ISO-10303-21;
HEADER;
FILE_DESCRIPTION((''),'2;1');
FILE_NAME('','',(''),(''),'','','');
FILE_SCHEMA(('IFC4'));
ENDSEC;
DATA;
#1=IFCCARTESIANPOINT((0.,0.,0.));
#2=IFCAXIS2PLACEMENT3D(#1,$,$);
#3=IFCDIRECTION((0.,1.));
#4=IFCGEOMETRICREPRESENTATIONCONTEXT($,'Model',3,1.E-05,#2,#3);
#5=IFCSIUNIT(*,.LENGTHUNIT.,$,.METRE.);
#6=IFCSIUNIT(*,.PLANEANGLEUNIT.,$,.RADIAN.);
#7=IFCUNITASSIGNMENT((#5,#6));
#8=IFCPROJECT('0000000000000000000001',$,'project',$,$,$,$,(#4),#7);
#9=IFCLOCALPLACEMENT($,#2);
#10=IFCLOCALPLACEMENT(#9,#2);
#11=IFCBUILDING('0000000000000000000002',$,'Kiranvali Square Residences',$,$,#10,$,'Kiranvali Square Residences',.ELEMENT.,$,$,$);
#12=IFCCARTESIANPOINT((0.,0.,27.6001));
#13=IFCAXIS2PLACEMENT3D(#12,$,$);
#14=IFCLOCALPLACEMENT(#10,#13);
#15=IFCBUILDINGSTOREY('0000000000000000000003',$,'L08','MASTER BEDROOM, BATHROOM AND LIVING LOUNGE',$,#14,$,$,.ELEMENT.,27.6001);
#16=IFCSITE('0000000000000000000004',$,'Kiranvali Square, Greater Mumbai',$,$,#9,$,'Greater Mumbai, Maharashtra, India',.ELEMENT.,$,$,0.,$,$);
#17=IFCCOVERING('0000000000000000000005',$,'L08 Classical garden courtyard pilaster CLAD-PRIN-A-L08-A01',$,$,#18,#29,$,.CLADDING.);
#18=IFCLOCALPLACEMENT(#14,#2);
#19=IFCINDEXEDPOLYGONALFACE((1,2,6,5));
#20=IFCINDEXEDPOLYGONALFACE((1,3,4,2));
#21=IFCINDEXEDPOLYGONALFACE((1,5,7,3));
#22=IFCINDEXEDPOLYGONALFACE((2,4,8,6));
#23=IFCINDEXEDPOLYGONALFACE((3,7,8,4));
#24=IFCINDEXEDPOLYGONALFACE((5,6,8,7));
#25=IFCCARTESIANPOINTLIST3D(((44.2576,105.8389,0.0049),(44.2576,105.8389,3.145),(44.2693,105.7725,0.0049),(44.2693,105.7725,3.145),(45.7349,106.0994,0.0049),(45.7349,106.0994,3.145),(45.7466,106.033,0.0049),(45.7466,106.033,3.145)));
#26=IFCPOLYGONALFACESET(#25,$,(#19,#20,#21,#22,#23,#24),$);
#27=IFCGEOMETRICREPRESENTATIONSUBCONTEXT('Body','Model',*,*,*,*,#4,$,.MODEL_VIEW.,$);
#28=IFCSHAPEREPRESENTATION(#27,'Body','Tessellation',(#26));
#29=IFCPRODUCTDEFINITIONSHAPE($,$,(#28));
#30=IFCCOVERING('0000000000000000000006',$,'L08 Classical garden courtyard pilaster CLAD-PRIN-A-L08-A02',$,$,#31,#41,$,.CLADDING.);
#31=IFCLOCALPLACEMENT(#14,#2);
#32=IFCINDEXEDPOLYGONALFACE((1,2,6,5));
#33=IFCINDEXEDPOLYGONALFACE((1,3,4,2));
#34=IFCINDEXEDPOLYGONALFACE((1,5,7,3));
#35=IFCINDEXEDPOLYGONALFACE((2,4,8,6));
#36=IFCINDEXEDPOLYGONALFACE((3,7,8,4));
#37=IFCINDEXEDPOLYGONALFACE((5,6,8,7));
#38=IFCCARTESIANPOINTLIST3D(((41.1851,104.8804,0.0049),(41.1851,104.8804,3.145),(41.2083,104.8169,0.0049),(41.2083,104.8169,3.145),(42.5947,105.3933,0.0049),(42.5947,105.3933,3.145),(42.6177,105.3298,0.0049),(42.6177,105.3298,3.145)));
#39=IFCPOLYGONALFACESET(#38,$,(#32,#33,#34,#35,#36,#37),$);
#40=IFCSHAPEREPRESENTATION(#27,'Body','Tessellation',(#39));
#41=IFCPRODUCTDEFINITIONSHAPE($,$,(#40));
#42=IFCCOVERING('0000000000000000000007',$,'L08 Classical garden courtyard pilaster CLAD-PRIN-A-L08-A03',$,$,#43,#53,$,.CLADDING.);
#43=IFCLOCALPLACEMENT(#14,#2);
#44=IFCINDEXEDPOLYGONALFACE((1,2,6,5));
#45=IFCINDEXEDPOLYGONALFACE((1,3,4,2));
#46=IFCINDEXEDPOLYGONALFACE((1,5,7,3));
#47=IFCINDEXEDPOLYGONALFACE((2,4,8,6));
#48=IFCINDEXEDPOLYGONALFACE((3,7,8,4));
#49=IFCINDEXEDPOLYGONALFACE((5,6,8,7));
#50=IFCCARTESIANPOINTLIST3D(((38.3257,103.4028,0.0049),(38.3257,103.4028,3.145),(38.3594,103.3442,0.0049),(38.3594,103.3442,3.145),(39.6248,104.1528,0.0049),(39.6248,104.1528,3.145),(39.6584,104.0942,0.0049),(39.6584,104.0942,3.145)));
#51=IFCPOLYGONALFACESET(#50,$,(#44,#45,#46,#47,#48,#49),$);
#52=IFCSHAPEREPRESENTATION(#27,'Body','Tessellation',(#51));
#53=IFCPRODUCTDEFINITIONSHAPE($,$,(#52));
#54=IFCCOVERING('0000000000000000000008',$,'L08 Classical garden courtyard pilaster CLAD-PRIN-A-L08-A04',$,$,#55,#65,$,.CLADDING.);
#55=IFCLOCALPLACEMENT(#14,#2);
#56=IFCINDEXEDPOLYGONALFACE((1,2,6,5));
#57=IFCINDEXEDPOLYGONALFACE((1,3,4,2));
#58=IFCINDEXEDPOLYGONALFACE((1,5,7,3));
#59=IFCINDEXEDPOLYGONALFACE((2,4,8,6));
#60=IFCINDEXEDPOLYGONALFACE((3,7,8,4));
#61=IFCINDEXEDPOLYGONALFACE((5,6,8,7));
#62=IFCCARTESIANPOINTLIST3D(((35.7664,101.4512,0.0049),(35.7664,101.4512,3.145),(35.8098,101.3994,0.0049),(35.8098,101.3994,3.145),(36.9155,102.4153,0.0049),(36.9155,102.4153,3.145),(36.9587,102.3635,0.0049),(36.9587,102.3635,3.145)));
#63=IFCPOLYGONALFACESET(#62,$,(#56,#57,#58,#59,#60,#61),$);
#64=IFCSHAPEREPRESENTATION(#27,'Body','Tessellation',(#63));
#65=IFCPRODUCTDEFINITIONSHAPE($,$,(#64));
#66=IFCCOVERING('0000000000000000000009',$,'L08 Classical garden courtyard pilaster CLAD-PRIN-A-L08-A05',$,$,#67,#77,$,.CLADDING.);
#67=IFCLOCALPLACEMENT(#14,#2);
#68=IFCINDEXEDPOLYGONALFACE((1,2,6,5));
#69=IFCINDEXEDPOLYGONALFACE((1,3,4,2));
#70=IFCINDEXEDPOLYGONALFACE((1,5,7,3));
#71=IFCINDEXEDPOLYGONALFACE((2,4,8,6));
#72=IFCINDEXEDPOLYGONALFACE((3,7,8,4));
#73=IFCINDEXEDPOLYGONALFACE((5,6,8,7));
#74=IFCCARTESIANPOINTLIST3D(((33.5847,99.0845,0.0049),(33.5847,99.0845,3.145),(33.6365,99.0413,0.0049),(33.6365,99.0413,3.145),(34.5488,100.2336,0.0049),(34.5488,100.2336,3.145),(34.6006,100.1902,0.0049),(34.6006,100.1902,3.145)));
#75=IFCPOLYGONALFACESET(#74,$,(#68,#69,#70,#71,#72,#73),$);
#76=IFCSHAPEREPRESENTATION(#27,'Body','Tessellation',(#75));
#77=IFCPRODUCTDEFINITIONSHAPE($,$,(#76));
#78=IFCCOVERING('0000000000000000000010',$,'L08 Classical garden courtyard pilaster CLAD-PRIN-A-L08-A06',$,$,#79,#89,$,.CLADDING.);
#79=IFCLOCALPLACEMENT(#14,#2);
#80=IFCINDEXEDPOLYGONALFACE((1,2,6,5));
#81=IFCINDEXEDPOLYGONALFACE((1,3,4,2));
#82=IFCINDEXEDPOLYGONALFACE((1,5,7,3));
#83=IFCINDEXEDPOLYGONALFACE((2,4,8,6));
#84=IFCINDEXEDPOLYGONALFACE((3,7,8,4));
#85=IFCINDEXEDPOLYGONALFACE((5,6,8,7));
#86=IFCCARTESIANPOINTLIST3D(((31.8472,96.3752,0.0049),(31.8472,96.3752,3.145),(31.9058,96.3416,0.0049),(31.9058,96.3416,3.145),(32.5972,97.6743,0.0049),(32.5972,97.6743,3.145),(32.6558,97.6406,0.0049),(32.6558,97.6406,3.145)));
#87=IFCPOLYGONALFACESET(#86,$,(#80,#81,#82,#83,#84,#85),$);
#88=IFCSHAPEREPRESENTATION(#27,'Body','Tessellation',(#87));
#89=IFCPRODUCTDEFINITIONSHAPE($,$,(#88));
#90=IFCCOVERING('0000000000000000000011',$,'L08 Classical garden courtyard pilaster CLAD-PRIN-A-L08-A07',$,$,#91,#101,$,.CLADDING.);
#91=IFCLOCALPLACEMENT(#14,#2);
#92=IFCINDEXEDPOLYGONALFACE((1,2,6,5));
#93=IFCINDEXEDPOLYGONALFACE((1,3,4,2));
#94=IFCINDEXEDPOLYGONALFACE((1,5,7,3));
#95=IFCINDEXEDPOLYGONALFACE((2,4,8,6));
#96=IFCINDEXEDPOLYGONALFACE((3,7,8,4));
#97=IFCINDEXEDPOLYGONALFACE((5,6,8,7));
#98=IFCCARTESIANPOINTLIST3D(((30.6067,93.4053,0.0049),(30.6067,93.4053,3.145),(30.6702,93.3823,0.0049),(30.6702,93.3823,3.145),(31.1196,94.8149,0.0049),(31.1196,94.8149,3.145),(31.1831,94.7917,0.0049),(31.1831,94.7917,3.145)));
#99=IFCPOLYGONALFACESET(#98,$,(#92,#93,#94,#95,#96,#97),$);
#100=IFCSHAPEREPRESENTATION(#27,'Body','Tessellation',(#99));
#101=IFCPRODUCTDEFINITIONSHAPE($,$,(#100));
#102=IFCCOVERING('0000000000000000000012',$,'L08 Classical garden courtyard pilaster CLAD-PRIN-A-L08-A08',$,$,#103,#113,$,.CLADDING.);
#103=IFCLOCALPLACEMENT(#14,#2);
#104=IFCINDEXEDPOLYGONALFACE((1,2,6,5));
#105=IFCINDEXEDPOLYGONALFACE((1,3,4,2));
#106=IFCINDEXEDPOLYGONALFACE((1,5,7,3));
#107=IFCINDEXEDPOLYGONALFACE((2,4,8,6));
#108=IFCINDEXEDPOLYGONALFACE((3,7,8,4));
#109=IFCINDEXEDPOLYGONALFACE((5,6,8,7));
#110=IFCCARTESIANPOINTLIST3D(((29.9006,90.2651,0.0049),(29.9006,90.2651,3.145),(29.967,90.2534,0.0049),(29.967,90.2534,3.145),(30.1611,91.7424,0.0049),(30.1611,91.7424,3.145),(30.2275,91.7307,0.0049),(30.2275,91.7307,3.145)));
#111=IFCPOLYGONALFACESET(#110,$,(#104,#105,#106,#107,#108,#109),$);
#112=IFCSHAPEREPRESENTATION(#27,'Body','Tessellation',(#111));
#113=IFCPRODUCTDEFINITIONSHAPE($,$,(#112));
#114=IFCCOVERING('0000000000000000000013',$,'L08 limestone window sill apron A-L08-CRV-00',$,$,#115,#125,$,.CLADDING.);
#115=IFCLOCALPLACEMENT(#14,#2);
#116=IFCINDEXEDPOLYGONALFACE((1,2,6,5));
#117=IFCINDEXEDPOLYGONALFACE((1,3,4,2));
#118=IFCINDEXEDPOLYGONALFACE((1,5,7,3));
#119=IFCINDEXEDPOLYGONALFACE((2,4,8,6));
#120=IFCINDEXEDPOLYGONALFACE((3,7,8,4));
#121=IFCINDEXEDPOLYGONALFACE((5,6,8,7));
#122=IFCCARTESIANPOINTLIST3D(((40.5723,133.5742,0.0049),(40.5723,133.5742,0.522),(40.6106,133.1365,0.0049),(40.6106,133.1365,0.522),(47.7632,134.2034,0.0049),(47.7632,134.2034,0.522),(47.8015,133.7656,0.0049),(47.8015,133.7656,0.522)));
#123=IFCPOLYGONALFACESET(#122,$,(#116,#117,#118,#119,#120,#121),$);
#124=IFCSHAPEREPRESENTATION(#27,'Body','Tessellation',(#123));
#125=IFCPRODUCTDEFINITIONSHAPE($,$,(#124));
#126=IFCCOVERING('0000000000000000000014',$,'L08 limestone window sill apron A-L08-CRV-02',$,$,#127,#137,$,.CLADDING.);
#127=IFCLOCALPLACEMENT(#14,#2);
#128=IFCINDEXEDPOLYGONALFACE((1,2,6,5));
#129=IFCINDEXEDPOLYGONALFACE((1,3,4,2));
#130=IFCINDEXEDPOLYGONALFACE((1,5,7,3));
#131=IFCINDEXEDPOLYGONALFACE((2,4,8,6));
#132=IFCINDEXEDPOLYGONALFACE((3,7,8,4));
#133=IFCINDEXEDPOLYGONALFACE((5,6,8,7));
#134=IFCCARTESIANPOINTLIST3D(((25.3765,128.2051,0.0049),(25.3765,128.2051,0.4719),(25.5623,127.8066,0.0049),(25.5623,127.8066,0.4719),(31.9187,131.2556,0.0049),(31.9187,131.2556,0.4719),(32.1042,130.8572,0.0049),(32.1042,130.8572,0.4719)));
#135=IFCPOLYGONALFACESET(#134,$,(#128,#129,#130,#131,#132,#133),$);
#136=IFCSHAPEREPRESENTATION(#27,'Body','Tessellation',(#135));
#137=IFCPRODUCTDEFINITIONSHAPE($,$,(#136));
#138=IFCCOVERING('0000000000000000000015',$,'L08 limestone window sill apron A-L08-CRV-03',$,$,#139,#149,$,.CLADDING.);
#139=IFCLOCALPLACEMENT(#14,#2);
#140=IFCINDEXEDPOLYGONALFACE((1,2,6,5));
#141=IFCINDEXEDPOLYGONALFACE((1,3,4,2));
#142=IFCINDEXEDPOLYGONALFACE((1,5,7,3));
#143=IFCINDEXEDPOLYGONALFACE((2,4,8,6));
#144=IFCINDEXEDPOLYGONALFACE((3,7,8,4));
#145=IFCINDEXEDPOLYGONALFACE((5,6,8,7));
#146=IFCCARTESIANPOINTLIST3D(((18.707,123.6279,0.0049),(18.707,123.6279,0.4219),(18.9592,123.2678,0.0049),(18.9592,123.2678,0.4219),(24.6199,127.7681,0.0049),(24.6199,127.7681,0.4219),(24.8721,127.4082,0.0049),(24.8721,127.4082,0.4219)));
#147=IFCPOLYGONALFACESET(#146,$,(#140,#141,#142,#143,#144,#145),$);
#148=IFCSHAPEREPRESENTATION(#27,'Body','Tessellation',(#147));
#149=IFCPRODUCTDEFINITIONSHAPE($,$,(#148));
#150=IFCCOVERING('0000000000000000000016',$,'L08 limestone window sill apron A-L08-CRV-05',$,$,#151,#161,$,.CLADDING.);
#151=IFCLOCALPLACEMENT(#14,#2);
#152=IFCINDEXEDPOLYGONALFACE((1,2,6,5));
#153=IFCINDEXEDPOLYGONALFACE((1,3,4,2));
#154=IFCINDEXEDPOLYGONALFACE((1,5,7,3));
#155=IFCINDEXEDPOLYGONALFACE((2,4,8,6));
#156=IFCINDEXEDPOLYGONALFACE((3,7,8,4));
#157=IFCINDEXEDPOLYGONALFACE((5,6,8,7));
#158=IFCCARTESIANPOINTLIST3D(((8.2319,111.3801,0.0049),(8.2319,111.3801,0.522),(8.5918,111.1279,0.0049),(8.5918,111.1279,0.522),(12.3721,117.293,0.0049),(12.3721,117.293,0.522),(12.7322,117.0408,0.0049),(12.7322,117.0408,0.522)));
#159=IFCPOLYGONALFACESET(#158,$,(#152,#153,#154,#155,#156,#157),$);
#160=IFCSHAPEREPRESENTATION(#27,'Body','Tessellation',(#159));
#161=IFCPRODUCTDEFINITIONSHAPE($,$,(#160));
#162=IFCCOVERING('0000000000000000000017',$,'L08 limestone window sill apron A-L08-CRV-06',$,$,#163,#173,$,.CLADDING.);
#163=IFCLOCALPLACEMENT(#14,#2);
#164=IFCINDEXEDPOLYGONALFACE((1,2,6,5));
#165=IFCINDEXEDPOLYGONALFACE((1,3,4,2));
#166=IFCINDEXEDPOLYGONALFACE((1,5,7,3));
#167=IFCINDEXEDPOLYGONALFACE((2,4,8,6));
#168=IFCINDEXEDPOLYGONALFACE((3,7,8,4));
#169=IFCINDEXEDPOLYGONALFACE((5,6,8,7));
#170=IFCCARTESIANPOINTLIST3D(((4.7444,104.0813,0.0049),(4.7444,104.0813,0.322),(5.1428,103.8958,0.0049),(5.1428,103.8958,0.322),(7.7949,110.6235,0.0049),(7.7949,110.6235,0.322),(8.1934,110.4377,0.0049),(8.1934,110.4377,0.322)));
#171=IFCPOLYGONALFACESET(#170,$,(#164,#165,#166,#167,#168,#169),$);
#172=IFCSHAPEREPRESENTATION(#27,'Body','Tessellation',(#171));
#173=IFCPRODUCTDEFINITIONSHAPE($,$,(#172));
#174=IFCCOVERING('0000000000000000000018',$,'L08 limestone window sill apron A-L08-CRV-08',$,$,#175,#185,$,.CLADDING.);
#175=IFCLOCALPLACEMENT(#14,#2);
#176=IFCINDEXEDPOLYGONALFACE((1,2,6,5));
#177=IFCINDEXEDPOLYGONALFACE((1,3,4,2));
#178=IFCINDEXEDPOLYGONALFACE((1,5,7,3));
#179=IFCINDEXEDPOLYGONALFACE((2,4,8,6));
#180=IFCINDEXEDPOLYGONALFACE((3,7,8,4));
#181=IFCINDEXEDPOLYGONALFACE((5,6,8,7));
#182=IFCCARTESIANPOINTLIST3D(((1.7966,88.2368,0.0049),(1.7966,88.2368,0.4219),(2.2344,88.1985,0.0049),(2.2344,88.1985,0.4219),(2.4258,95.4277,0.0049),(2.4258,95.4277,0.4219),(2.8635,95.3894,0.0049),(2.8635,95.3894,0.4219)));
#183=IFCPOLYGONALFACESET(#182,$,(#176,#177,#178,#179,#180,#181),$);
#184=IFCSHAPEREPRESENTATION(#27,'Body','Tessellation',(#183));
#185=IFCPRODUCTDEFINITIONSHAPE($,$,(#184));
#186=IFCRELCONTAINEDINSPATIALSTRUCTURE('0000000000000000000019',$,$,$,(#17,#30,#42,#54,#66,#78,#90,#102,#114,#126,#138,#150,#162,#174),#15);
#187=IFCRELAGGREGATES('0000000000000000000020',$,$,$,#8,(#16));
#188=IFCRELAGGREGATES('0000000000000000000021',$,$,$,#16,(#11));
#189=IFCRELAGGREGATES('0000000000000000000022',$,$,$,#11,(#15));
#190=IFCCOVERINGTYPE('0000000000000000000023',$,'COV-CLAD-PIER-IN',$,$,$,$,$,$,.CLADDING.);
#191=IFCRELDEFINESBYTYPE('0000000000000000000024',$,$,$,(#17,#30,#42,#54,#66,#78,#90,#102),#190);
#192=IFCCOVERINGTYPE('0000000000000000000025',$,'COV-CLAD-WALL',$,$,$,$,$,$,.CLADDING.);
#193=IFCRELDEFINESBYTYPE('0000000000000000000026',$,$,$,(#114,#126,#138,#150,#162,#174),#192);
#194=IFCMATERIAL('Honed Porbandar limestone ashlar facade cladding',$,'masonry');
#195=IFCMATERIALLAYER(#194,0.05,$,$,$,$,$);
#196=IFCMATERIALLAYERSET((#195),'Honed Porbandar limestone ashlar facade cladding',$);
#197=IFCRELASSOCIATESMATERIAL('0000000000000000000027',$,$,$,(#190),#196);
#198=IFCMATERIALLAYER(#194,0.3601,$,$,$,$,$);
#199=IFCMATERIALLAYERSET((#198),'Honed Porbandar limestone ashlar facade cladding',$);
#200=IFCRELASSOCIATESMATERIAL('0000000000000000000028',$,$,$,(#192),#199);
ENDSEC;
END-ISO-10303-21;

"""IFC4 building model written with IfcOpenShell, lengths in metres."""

from ifc_helpers import new_model, si_unit, direction, frame, origin, place, context, subcontext, project, spatial, polyline, outline, extrude, material, layer, layer_set, type_object, element, save


model = new_model("IFC4")

# Units and contexts
model_context = context("Model", 3, precision=1e-05, world=origin(), true_north=direction((0.0, 1.0)))
body_context = subcontext(model_context, "Body", "Model", "MODEL_VIEW")
ifc_project = project(units=[si_unit("LENGTHUNIT", "METRE"), si_unit("PLANEANGLEUNIT", "RADIAN")], contexts=[model_context])

# Site, building, storey
site_placement = place(None, origin())
site = spatial("IfcSite", under=ifc_project, at=site_placement, Name="Kiranvali Square, Greater Mumbai", LongName="Greater Mumbai, Maharashtra, India", CompositionType="ELEMENT", RefElevation=0.0)
building_placement = place(site_placement, origin())
building = spatial("IfcBuilding", under=site, at=building_placement, Name="Kiranvali Square Residences", LongName="Kiranvali Square Residences", CompositionType="ELEMENT")
storey_placement = place(building_placement, frame((0.0, 0.0, 27.6001)))
storey = spatial("IfcBuildingStorey", under=building, at=storey_placement, Name="L08", Description="MASTER BEDROOM, BATHROOM AND LIVING LOUNGE", CompositionType="ELEMENT", Elevation=27.6001)

# Coverings
ifc_material = material(Name="Honed Porbandar limestone ashlar facade cladding", Category="masonry")
ifc_layer_1 = layer(ifc_material, 0.05)
ifc_layer_set_1 = layer_set([ifc_layer_1], Name="Honed Porbandar limestone ashlar facade cladding")
covering_type_1 = type_object("IfcCoveringType", Name="COV-CLAD-PIER-IN", PredefinedType="CLADDING", material=ifc_layer_set_1)
covering_1_placement = place(storey_placement, frame((0.0, 0.0, 0.0049)))
element("IfcCovering", 1, at=covering_1_placement, inside=storey, type_object=covering_type_1, Name="L08 Classical garden courtyard pilaster CLAD-PRIN-A-L08-A01", PredefinedType="CLADDING", context=body_context, shape_type="SweptSolid", body=[
    extrude(outline(polyline([(44.2693, 105.7725), (45.7466, 106.033), (45.7349, 106.0994), (44.2576, 105.8389), (44.2693, 105.7725)])), origin(), (0.0, 0.0, 1.0), 3.1401),
])
covering_2_placement = place(storey_placement, frame((0.0, 0.0, 0.0049)))
element("IfcCovering", 2, at=covering_2_placement, inside=storey, type_object=covering_type_1, Name="L08 Classical garden courtyard pilaster CLAD-PRIN-A-L08-A02", PredefinedType="CLADDING", context=body_context, shape_type="SweptSolid", body=[
    extrude(outline(polyline([(41.2083, 104.8169), (42.6177, 105.3298), (42.5947, 105.3933), (41.1851, 104.8804), (41.2083, 104.8169)])), origin(), (0.0, 0.0, 1.0), 3.1401),
])
covering_3_placement = place(storey_placement, frame((0.0, 0.0, 0.0049)))
element("IfcCovering", 3, at=covering_3_placement, inside=storey, type_object=covering_type_1, Name="L08 Classical garden courtyard pilaster CLAD-PRIN-A-L08-A03", PredefinedType="CLADDING", context=body_context, shape_type="SweptSolid", body=[
    extrude(outline(polyline([(38.3594, 103.3442), (39.6584, 104.0942), (39.6248, 104.1528), (38.3257, 103.4028), (38.3594, 103.3442)])), origin(), (0.0, 0.0, 1.0), 3.1401),
])
covering_4_placement = place(storey_placement, frame((0.0, 0.0, 0.0049)))
element("IfcCovering", 4, at=covering_4_placement, inside=storey, type_object=covering_type_1, Name="L08 Classical garden courtyard pilaster CLAD-PRIN-A-L08-A04", PredefinedType="CLADDING", context=body_context, shape_type="SweptSolid", body=[
    extrude(outline(polyline([(35.8098, 101.3994), (36.9587, 102.3635), (36.9155, 102.4153), (35.7664, 101.4512), (35.8098, 101.3994)])), origin(), (0.0, 0.0, 1.0), 3.1401),
])
covering_5_placement = place(storey_placement, frame((0.0, 0.0, 0.0049)))
element("IfcCovering", 5, at=covering_5_placement, inside=storey, type_object=covering_type_1, Name="L08 Classical garden courtyard pilaster CLAD-PRIN-A-L08-A05", PredefinedType="CLADDING", context=body_context, shape_type="SweptSolid", body=[
    extrude(outline(polyline([(33.6365, 99.0413), (34.6006, 100.1902), (34.5488, 100.2336), (33.5847, 99.0845), (33.6365, 99.0413)])), origin(), (0.0, 0.0, 1.0), 3.1401),
])
covering_6_placement = place(storey_placement, frame((0.0, 0.0, 0.0049)))
element("IfcCovering", 6, at=covering_6_placement, inside=storey, type_object=covering_type_1, Name="L08 Classical garden courtyard pilaster CLAD-PRIN-A-L08-A06", PredefinedType="CLADDING", context=body_context, shape_type="SweptSolid", body=[
    extrude(outline(polyline([(31.9058, 96.3416), (32.6558, 97.6406), (32.5972, 97.6743), (31.8472, 96.3752), (31.9058, 96.3416)])), origin(), (0.0, 0.0, 1.0), 3.1401),
])
covering_7_placement = place(storey_placement, frame((0.0, 0.0, 0.0049)))
element("IfcCovering", 7, at=covering_7_placement, inside=storey, type_object=covering_type_1, Name="L08 Classical garden courtyard pilaster CLAD-PRIN-A-L08-A07", PredefinedType="CLADDING", context=body_context, shape_type="SweptSolid", body=[
    extrude(outline(polyline([(30.6702, 93.3823), (31.1831, 94.7917), (31.1196, 94.8149), (30.6067, 93.4053), (30.6702, 93.3823)])), origin(), (0.0, 0.0, 1.0), 3.1401),
])
covering_8_placement = place(storey_placement, frame((0.0, 0.0, 0.0049)))
element("IfcCovering", 8, at=covering_8_placement, inside=storey, type_object=covering_type_1, Name="L08 Classical garden courtyard pilaster CLAD-PRIN-A-L08-A08", PredefinedType="CLADDING", context=body_context, shape_type="SweptSolid", body=[
    extrude(outline(polyline([(29.967, 90.2534), (30.2275, 91.7307), (30.1611, 91.7424), (29.9006, 90.2651), (29.967, 90.2534)])), origin(), (0.0, 0.0, 1.0), 3.1401),
])
ifc_layer_2 = layer(ifc_material, 0.3601)
ifc_layer_set_2 = layer_set([ifc_layer_2], Name="Honed Porbandar limestone ashlar facade cladding")
covering_type_2 = type_object("IfcCoveringType", Name="COV-CLAD-WALL", PredefinedType="CLADDING", material=ifc_layer_set_2)
covering_9_placement = place(storey_placement, frame((0.0, 0.0, 0.0049)))
element("IfcCovering", 9, at=covering_9_placement, inside=storey, type_object=covering_type_2, Name="L08 limestone window sill apron A-L08-CRV-00", PredefinedType="CLADDING", context=body_context, shape_type="SweptSolid", body=[
    extrude(outline(polyline([(47.7632, 134.2034), (40.5723, 133.5742), (40.6106, 133.1365), (47.8015, 133.7656), (47.7632, 134.2034)])), origin(), (0.0, 0.0, 1.0), 0.5171),
])
covering_10_placement = place(storey_placement, frame((0.0, 0.0, 0.0049)))
element("IfcCovering", 10, at=covering_10_placement, inside=storey, type_object=covering_type_2, Name="L08 limestone window sill apron A-L08-CRV-02", PredefinedType="CLADDING", context=body_context, shape_type="SweptSolid", body=[
    extrude(outline(polyline([(31.9187, 131.2556), (25.3765, 128.2051), (25.5623, 127.8066), (32.1042, 130.8572), (31.9187, 131.2556)])), origin(), (0.0, 0.0, 1.0), 0.467),
])
covering_11_placement = place(storey_placement, frame((0.0, 0.0, 0.0049)))
element("IfcCovering", 11, at=covering_11_placement, inside=storey, type_object=covering_type_2, Name="L08 limestone window sill apron A-L08-CRV-03", PredefinedType="CLADDING", context=body_context, shape_type="SweptSolid", body=[
    extrude(outline(polyline([(24.6199, 127.7681), (18.707, 123.6279), (18.9592, 123.2678), (24.8721, 127.4082), (24.6199, 127.7681)])), origin(), (0.0, 0.0, 1.0), 0.417),
])
covering_12_placement = place(storey_placement, frame((0.0, 0.0, 0.0049)))
element("IfcCovering", 12, at=covering_12_placement, inside=storey, type_object=covering_type_2, Name="L08 limestone window sill apron A-L08-CRV-05", PredefinedType="CLADDING", context=body_context, shape_type="SweptSolid", body=[
    extrude(outline(polyline([(12.3721, 117.293), (8.2319, 111.3801), (8.5918, 111.1279), (12.7322, 117.0408), (12.3721, 117.293)])), origin(), (0.0, 0.0, 1.0), 0.5171),
])
covering_13_placement = place(storey_placement, frame((0.0, 0.0, 0.0049)))
element("IfcCovering", 13, at=covering_13_placement, inside=storey, type_object=covering_type_2, Name="L08 limestone window sill apron A-L08-CRV-06", PredefinedType="CLADDING", context=body_context, shape_type="SweptSolid", body=[
    extrude(outline(polyline([(7.7949, 110.6235), (4.7444, 104.0813), (5.1428, 103.8958), (8.1934, 110.4377), (7.7949, 110.6235)])), origin(), (0.0, 0.0, 1.0), 0.3171),
])
covering_14_placement = place(storey_placement, frame((0.0, 0.0, 0.0049)))
element("IfcCovering", 14, at=covering_14_placement, inside=storey, type_object=covering_type_2, Name="L08 limestone window sill apron A-L08-CRV-08", PredefinedType="CLADDING", context=body_context, shape_type="SweptSolid", body=[
    extrude(outline(polyline([(2.4258, 95.4277), (1.7966, 88.2368), (2.2344, 88.1985), (2.8635, 95.3894), (2.4258, 95.4277)])), origin(), (0.0, 0.0, 1.0), 0.417),
])

save(model, "model.ifc")
